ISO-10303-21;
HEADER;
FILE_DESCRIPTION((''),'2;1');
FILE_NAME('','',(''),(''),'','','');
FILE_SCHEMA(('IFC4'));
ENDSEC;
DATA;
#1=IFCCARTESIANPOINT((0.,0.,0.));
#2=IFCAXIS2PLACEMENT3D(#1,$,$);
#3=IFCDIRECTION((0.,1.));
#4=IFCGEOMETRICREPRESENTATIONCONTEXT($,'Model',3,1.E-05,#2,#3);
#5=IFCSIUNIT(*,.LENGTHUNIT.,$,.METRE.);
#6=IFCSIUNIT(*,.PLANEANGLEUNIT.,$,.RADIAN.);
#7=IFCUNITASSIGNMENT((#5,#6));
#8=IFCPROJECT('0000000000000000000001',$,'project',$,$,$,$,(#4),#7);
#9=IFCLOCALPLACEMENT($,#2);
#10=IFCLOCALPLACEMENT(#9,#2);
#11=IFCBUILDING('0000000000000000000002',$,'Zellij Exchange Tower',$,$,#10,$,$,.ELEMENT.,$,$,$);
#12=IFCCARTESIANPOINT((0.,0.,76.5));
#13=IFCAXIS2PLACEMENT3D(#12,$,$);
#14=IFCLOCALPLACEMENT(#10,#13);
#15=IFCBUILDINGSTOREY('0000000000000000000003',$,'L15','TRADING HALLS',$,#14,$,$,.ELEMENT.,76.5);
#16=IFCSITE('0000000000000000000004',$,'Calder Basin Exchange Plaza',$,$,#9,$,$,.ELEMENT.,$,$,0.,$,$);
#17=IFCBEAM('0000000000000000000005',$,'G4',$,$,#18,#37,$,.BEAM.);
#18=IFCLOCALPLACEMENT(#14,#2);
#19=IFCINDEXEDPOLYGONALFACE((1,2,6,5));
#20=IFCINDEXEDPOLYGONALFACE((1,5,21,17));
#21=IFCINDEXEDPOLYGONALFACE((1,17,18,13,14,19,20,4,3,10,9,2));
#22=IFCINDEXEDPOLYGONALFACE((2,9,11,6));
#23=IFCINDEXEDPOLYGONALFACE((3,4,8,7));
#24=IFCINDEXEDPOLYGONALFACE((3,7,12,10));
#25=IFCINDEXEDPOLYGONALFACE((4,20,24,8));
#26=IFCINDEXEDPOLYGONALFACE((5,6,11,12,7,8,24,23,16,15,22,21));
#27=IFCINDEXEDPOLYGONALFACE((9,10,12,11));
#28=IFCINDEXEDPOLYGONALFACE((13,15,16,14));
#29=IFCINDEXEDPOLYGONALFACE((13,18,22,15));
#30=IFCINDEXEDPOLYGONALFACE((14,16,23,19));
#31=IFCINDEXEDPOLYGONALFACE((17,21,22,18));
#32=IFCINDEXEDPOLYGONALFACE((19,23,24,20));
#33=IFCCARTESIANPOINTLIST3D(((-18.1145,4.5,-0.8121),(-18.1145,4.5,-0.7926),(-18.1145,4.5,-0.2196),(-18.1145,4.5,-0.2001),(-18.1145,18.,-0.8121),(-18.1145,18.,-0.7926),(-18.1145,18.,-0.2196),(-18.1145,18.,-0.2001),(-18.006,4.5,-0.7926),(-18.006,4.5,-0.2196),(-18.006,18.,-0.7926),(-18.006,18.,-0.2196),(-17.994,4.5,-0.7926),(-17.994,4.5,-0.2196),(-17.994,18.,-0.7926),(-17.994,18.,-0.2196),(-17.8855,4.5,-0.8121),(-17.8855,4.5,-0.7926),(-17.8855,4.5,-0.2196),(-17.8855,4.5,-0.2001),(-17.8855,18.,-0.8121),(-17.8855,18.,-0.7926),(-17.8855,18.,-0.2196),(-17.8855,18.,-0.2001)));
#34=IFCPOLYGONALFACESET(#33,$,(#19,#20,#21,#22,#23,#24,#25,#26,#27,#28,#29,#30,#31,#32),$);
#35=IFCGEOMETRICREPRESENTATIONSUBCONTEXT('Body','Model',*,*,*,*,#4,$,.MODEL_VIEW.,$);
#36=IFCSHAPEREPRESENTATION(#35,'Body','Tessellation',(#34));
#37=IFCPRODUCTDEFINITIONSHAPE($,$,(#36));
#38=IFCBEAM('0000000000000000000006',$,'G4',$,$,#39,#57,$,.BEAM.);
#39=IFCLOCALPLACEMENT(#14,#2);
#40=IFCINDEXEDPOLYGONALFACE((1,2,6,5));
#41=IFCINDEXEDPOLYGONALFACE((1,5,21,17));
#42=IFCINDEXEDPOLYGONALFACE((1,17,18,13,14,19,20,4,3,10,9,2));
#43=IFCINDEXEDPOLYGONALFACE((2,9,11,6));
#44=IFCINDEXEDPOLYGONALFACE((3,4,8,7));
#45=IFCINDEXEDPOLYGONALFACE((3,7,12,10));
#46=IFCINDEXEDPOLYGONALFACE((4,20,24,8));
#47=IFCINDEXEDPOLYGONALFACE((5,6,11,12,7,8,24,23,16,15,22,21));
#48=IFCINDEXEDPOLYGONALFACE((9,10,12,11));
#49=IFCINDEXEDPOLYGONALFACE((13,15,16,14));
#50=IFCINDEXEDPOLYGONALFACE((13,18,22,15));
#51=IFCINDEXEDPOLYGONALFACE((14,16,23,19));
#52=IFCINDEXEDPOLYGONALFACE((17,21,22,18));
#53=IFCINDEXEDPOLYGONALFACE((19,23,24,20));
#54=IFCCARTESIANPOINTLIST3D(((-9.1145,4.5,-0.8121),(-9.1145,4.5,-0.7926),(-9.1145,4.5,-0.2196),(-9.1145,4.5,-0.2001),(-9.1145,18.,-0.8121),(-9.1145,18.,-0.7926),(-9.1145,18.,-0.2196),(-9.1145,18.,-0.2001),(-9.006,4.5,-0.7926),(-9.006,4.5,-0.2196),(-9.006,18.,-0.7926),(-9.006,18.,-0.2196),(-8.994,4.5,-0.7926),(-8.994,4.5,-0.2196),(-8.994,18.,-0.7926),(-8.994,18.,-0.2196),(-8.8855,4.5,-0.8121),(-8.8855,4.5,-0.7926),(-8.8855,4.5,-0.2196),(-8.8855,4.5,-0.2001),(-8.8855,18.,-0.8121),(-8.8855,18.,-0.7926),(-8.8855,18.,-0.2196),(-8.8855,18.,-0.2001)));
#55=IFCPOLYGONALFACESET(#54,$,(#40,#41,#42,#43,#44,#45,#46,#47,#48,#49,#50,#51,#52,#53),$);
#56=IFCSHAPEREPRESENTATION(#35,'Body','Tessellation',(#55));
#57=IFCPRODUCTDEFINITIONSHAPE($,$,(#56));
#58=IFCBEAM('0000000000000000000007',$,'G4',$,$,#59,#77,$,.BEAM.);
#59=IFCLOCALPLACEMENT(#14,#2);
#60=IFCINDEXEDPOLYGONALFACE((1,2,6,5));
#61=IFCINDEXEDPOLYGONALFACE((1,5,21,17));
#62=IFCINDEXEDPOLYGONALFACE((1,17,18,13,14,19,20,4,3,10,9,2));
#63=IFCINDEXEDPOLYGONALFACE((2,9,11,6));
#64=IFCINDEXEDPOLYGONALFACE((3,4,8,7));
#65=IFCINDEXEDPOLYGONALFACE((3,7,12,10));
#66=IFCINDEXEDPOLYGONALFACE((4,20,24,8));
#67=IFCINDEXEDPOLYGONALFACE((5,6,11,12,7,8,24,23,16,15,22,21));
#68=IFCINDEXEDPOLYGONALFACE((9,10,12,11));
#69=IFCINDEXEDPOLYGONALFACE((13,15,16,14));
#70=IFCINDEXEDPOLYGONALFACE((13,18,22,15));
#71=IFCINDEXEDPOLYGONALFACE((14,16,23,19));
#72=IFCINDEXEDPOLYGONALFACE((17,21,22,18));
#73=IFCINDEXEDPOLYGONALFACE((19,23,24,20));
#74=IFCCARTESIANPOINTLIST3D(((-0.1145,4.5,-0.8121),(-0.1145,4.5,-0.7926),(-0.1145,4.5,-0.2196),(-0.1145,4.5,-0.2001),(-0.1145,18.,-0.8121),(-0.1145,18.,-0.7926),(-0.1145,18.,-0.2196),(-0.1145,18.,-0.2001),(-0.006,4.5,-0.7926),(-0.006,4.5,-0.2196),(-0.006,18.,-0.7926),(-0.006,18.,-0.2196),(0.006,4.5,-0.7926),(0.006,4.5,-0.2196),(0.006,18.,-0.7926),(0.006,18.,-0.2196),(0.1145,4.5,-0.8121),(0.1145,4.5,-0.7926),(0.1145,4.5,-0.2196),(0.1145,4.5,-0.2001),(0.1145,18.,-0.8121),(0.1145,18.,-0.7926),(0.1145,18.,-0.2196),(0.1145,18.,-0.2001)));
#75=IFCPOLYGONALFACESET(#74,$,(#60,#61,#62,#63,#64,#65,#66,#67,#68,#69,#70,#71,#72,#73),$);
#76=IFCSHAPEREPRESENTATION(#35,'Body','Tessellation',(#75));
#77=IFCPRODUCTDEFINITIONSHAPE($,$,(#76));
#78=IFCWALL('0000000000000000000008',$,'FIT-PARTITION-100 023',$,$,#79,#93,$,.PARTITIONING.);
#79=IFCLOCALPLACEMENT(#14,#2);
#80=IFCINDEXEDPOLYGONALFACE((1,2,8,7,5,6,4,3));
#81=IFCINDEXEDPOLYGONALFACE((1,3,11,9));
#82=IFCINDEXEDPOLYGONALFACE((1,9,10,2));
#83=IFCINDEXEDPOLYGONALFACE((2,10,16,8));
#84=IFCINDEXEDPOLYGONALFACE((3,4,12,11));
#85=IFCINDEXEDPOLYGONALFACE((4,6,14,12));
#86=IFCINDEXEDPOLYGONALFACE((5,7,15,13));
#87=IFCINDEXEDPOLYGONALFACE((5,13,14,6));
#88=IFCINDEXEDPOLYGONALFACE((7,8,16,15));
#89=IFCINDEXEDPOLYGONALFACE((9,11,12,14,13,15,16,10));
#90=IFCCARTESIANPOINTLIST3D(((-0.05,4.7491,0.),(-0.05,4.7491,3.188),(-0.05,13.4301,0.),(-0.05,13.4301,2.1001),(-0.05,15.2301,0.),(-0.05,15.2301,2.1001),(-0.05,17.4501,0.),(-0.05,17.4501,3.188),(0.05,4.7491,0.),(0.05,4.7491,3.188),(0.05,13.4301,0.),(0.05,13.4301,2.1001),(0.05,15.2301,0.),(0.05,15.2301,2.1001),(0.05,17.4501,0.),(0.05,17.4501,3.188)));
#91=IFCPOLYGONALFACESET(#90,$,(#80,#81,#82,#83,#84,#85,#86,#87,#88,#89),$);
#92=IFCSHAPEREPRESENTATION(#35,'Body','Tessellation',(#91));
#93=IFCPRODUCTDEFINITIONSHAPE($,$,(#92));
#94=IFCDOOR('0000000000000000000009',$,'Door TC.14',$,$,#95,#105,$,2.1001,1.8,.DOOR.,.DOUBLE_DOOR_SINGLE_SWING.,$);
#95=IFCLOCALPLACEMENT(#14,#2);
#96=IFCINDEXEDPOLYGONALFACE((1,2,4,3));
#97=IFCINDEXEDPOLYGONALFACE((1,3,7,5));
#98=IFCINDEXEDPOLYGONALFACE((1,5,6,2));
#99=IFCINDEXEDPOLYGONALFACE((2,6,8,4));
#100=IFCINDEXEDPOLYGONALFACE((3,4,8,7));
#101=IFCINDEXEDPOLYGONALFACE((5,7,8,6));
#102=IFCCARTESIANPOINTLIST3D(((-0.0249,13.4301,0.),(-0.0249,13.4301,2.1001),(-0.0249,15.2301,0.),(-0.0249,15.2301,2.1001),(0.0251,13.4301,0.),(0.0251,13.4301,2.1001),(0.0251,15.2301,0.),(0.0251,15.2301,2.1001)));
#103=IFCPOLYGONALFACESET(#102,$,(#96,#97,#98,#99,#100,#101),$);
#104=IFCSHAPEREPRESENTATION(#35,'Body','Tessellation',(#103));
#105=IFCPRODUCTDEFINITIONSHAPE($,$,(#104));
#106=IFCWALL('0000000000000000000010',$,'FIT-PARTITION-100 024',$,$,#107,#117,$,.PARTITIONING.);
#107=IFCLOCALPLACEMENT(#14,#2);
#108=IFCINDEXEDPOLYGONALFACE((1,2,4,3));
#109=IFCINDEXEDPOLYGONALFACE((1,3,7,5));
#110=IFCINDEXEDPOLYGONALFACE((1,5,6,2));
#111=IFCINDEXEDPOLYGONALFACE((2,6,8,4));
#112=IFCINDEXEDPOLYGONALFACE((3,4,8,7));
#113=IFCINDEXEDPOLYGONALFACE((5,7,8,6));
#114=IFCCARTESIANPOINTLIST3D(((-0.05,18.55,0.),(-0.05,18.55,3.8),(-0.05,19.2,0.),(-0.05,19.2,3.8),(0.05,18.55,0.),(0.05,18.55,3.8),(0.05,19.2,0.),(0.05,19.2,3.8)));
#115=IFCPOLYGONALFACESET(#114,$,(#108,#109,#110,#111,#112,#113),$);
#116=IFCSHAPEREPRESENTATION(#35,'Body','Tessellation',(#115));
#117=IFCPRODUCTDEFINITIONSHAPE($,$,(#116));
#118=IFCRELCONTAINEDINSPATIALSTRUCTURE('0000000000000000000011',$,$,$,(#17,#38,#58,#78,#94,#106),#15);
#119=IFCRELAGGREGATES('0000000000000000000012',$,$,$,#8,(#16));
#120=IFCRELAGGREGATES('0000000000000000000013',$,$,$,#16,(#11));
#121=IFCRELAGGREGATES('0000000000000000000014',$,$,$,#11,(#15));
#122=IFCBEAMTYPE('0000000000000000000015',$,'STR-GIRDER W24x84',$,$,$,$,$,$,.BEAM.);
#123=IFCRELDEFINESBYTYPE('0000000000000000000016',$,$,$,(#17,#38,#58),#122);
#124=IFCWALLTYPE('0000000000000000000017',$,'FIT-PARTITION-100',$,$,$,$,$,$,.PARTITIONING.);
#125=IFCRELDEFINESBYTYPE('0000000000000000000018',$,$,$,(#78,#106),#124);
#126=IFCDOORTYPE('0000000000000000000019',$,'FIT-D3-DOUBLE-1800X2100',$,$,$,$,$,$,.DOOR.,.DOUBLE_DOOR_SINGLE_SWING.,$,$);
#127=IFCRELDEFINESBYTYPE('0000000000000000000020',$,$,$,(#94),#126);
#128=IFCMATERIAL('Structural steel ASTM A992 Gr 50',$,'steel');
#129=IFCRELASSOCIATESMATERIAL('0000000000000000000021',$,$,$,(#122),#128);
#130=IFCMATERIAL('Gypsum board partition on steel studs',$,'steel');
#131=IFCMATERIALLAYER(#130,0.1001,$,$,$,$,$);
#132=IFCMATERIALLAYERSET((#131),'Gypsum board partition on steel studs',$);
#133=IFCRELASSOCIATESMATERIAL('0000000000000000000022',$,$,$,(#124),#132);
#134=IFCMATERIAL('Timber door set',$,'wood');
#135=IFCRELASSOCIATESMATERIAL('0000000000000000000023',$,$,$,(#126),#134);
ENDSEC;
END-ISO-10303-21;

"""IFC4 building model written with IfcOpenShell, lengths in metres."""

from ifc_helpers import new_model, si_unit, direction, frame, frame_2d, origin, origin_2d, place, context, subcontext, project, spatial, rectangle, i_section, extrude, material, layer, layer_set, material_profile, profile_set, type_object, element, fill, save


model = new_model("IFC4")

# Units and contexts
model_context = context("Model", 3, precision=1e-05, world=origin(), true_north=direction((0.0, 1.0)))
body_context = subcontext(model_context, "Body", "Model", "MODEL_VIEW")
ifc_project = project(units=[si_unit("LENGTHUNIT", "METRE"), si_unit("PLANEANGLEUNIT", "RADIAN")], contexts=[model_context])

# Site, building, storey
site_placement = place(None, origin())
site = spatial("IfcSite", under=ifc_project, at=site_placement, Name="Calder Basin Exchange Plaza", CompositionType="ELEMENT", RefElevation=0.0)
building_placement = place(site_placement, origin())
building = spatial("IfcBuilding", under=site, at=building_placement, Name="Zellij Exchange Tower", CompositionType="ELEMENT")
storey_placement = place(building_placement, frame((0.0, 0.0, 76.5)))
storey = spatial("IfcBuildingStorey", under=building, at=storey_placement, Name="L15", Description="TRADING HALLS", CompositionType="ELEMENT", Elevation=76.5)

# Beams
ifc_material_1 = material(Name="Structural steel ASTM A992 Gr 50", Category="steel")
ifc_material_profile_1 = material_profile(ifc_material_1, i_section(OverallWidth=0.229, OverallDepth=0.6121, WebThickness=0.012, FlangeThickness=0.0195, at=origin_2d()), Name="W24x84")
ifc_profile_set_1 = profile_set([ifc_material_profile_1], Name="Structural steel ASTM A992 Gr 50")
beam_type = type_object("IfcBeamType", Name="STR-GIRDER W24x84", PredefinedType="BEAM", material=ifc_profile_set_1)
for number, where, z_axis, x_axis, name in (
    (1, (-18.0, 4.5, -0.5061), (0.0, 1.0, 0.0), (-1.0, 0.0, 0.0), "G4"),
    (2, (-9.0, 4.5, -0.5061), (0.0, 1.0, 0.0), (-1.0, 0.0, 0.0), "G4"),
    (3, (0.0, 4.5, -0.5061), (0.0, 1.0, 0.0), (-1.0, 0.0, 0.0), "G4"),
):
    element("IfcBeam", number, at=place(storey_placement, frame(where, z_axis=z_axis, x_axis=x_axis)), inside=storey, type_object=beam_type, Name=name, PredefinedType="BEAM", context=body_context, shape_type="SweptSolid", body=[
        extrude(i_section(OverallWidth=0.229, OverallDepth=0.6121, WebThickness=0.012, FlangeThickness=0.0195, at=origin_2d()), origin(), (0.0, 0.0, 1.0), 13.5),
    ])

# Wall, opening, door
ifc_material_2 = material(Name="Gypsum board partition on steel studs", Category="steel")
ifc_layer_1 = layer(ifc_material_2, 0.1001)
ifc_layer_set_1 = layer_set([ifc_layer_1], Name="Gypsum board partition on steel studs")
wall_type = type_object("IfcWallType", Name="FIT-PARTITION-100", PredefinedType="PARTITIONING", material=ifc_layer_set_1)
wall_1_placement = place(storey_placement, frame((0.0, 4.749, 0.0), z_axis=(0.0, 0.0, 1.0), x_axis=(0.0, 1.0, 0.0)))
wall_1 = element("IfcWall", 4, at=wall_1_placement, inside=storey, type_object=wall_type, Name="FIT-PARTITION-100 023", PredefinedType="PARTITIONING", context=body_context, shape_type="SweptSolid", body=[
    extrude(rectangle(XDim=12.7009, YDim=0.1001, at=frame_2d((6.3506, 0.0))), origin(), (0.0, 0.0, 1.0), 3.188),
])
opening_placement = place(wall_1_placement, frame((8.6812, 0.0, 0.0)))
opening = element("IfcOpeningElement", 5, at=opening_placement, cuts=wall_1, PredefinedType="OPENING", context=body_context, shape_type="SweptSolid", body=[
    extrude(rectangle(XDim=1.8, YDim=2.1001, at=frame_2d((0.8999, 1.05))), frame((0.0, 0.062, 0.0), z_axis=(0.0, -1.0, 0.0), x_axis=(1.0, 0.0, 0.0)), (0.0, 0.0, 1.0), 0.124),
])
ifc_material_3 = material(Name="Timber door set", Category="wood")
door_type = type_object("IfcDoorType", Name="FIT-D3-DOUBLE-1800X2100", OperationType="DOUBLE_DOOR_SINGLE_SWING", PredefinedType="DOOR", material=ifc_material_3)
door_placement = place(opening_placement, origin())
door = element("IfcDoor", 6, at=door_placement, inside=storey, type_object=door_type, Name="Door TC.14", OperationType="DOUBLE_DOOR_SINGLE_SWING", OverallHeight=2.1001, OverallWidth=1.8, PredefinedType="DOOR", context=body_context, shape_type="SweptSolid", body=[
    extrude(rectangle(XDim=1.8, YDim=2.1001, at=frame_2d((0.8999, 1.05))), frame((0.0, 0.0249, 0.0), z_axis=(0.0, -1.0, 0.0), x_axis=(1.0, 0.0, 0.0)), (0.0, 0.0, 1.0), 0.05),
])
fill(opening, door)

# Wall
wall_2_placement = place(storey_placement, frame((0.0, 18.55, 0.0), z_axis=(0.0, 0.0, 1.0), x_axis=(0.0, 1.0, 0.0)))
element("IfcWall", 7, at=wall_2_placement, inside=storey, type_object=wall_type, Name="FIT-PARTITION-100 024", PredefinedType="PARTITIONING", context=body_context, shape_type="SweptSolid", body=[
    extrude(rectangle(XDim=0.6499, YDim=0.1001, at=frame_2d((0.325, 0.0))), origin(), (0.0, 0.0, 1.0), 3.8),
])

save(model, "model.ifc")
